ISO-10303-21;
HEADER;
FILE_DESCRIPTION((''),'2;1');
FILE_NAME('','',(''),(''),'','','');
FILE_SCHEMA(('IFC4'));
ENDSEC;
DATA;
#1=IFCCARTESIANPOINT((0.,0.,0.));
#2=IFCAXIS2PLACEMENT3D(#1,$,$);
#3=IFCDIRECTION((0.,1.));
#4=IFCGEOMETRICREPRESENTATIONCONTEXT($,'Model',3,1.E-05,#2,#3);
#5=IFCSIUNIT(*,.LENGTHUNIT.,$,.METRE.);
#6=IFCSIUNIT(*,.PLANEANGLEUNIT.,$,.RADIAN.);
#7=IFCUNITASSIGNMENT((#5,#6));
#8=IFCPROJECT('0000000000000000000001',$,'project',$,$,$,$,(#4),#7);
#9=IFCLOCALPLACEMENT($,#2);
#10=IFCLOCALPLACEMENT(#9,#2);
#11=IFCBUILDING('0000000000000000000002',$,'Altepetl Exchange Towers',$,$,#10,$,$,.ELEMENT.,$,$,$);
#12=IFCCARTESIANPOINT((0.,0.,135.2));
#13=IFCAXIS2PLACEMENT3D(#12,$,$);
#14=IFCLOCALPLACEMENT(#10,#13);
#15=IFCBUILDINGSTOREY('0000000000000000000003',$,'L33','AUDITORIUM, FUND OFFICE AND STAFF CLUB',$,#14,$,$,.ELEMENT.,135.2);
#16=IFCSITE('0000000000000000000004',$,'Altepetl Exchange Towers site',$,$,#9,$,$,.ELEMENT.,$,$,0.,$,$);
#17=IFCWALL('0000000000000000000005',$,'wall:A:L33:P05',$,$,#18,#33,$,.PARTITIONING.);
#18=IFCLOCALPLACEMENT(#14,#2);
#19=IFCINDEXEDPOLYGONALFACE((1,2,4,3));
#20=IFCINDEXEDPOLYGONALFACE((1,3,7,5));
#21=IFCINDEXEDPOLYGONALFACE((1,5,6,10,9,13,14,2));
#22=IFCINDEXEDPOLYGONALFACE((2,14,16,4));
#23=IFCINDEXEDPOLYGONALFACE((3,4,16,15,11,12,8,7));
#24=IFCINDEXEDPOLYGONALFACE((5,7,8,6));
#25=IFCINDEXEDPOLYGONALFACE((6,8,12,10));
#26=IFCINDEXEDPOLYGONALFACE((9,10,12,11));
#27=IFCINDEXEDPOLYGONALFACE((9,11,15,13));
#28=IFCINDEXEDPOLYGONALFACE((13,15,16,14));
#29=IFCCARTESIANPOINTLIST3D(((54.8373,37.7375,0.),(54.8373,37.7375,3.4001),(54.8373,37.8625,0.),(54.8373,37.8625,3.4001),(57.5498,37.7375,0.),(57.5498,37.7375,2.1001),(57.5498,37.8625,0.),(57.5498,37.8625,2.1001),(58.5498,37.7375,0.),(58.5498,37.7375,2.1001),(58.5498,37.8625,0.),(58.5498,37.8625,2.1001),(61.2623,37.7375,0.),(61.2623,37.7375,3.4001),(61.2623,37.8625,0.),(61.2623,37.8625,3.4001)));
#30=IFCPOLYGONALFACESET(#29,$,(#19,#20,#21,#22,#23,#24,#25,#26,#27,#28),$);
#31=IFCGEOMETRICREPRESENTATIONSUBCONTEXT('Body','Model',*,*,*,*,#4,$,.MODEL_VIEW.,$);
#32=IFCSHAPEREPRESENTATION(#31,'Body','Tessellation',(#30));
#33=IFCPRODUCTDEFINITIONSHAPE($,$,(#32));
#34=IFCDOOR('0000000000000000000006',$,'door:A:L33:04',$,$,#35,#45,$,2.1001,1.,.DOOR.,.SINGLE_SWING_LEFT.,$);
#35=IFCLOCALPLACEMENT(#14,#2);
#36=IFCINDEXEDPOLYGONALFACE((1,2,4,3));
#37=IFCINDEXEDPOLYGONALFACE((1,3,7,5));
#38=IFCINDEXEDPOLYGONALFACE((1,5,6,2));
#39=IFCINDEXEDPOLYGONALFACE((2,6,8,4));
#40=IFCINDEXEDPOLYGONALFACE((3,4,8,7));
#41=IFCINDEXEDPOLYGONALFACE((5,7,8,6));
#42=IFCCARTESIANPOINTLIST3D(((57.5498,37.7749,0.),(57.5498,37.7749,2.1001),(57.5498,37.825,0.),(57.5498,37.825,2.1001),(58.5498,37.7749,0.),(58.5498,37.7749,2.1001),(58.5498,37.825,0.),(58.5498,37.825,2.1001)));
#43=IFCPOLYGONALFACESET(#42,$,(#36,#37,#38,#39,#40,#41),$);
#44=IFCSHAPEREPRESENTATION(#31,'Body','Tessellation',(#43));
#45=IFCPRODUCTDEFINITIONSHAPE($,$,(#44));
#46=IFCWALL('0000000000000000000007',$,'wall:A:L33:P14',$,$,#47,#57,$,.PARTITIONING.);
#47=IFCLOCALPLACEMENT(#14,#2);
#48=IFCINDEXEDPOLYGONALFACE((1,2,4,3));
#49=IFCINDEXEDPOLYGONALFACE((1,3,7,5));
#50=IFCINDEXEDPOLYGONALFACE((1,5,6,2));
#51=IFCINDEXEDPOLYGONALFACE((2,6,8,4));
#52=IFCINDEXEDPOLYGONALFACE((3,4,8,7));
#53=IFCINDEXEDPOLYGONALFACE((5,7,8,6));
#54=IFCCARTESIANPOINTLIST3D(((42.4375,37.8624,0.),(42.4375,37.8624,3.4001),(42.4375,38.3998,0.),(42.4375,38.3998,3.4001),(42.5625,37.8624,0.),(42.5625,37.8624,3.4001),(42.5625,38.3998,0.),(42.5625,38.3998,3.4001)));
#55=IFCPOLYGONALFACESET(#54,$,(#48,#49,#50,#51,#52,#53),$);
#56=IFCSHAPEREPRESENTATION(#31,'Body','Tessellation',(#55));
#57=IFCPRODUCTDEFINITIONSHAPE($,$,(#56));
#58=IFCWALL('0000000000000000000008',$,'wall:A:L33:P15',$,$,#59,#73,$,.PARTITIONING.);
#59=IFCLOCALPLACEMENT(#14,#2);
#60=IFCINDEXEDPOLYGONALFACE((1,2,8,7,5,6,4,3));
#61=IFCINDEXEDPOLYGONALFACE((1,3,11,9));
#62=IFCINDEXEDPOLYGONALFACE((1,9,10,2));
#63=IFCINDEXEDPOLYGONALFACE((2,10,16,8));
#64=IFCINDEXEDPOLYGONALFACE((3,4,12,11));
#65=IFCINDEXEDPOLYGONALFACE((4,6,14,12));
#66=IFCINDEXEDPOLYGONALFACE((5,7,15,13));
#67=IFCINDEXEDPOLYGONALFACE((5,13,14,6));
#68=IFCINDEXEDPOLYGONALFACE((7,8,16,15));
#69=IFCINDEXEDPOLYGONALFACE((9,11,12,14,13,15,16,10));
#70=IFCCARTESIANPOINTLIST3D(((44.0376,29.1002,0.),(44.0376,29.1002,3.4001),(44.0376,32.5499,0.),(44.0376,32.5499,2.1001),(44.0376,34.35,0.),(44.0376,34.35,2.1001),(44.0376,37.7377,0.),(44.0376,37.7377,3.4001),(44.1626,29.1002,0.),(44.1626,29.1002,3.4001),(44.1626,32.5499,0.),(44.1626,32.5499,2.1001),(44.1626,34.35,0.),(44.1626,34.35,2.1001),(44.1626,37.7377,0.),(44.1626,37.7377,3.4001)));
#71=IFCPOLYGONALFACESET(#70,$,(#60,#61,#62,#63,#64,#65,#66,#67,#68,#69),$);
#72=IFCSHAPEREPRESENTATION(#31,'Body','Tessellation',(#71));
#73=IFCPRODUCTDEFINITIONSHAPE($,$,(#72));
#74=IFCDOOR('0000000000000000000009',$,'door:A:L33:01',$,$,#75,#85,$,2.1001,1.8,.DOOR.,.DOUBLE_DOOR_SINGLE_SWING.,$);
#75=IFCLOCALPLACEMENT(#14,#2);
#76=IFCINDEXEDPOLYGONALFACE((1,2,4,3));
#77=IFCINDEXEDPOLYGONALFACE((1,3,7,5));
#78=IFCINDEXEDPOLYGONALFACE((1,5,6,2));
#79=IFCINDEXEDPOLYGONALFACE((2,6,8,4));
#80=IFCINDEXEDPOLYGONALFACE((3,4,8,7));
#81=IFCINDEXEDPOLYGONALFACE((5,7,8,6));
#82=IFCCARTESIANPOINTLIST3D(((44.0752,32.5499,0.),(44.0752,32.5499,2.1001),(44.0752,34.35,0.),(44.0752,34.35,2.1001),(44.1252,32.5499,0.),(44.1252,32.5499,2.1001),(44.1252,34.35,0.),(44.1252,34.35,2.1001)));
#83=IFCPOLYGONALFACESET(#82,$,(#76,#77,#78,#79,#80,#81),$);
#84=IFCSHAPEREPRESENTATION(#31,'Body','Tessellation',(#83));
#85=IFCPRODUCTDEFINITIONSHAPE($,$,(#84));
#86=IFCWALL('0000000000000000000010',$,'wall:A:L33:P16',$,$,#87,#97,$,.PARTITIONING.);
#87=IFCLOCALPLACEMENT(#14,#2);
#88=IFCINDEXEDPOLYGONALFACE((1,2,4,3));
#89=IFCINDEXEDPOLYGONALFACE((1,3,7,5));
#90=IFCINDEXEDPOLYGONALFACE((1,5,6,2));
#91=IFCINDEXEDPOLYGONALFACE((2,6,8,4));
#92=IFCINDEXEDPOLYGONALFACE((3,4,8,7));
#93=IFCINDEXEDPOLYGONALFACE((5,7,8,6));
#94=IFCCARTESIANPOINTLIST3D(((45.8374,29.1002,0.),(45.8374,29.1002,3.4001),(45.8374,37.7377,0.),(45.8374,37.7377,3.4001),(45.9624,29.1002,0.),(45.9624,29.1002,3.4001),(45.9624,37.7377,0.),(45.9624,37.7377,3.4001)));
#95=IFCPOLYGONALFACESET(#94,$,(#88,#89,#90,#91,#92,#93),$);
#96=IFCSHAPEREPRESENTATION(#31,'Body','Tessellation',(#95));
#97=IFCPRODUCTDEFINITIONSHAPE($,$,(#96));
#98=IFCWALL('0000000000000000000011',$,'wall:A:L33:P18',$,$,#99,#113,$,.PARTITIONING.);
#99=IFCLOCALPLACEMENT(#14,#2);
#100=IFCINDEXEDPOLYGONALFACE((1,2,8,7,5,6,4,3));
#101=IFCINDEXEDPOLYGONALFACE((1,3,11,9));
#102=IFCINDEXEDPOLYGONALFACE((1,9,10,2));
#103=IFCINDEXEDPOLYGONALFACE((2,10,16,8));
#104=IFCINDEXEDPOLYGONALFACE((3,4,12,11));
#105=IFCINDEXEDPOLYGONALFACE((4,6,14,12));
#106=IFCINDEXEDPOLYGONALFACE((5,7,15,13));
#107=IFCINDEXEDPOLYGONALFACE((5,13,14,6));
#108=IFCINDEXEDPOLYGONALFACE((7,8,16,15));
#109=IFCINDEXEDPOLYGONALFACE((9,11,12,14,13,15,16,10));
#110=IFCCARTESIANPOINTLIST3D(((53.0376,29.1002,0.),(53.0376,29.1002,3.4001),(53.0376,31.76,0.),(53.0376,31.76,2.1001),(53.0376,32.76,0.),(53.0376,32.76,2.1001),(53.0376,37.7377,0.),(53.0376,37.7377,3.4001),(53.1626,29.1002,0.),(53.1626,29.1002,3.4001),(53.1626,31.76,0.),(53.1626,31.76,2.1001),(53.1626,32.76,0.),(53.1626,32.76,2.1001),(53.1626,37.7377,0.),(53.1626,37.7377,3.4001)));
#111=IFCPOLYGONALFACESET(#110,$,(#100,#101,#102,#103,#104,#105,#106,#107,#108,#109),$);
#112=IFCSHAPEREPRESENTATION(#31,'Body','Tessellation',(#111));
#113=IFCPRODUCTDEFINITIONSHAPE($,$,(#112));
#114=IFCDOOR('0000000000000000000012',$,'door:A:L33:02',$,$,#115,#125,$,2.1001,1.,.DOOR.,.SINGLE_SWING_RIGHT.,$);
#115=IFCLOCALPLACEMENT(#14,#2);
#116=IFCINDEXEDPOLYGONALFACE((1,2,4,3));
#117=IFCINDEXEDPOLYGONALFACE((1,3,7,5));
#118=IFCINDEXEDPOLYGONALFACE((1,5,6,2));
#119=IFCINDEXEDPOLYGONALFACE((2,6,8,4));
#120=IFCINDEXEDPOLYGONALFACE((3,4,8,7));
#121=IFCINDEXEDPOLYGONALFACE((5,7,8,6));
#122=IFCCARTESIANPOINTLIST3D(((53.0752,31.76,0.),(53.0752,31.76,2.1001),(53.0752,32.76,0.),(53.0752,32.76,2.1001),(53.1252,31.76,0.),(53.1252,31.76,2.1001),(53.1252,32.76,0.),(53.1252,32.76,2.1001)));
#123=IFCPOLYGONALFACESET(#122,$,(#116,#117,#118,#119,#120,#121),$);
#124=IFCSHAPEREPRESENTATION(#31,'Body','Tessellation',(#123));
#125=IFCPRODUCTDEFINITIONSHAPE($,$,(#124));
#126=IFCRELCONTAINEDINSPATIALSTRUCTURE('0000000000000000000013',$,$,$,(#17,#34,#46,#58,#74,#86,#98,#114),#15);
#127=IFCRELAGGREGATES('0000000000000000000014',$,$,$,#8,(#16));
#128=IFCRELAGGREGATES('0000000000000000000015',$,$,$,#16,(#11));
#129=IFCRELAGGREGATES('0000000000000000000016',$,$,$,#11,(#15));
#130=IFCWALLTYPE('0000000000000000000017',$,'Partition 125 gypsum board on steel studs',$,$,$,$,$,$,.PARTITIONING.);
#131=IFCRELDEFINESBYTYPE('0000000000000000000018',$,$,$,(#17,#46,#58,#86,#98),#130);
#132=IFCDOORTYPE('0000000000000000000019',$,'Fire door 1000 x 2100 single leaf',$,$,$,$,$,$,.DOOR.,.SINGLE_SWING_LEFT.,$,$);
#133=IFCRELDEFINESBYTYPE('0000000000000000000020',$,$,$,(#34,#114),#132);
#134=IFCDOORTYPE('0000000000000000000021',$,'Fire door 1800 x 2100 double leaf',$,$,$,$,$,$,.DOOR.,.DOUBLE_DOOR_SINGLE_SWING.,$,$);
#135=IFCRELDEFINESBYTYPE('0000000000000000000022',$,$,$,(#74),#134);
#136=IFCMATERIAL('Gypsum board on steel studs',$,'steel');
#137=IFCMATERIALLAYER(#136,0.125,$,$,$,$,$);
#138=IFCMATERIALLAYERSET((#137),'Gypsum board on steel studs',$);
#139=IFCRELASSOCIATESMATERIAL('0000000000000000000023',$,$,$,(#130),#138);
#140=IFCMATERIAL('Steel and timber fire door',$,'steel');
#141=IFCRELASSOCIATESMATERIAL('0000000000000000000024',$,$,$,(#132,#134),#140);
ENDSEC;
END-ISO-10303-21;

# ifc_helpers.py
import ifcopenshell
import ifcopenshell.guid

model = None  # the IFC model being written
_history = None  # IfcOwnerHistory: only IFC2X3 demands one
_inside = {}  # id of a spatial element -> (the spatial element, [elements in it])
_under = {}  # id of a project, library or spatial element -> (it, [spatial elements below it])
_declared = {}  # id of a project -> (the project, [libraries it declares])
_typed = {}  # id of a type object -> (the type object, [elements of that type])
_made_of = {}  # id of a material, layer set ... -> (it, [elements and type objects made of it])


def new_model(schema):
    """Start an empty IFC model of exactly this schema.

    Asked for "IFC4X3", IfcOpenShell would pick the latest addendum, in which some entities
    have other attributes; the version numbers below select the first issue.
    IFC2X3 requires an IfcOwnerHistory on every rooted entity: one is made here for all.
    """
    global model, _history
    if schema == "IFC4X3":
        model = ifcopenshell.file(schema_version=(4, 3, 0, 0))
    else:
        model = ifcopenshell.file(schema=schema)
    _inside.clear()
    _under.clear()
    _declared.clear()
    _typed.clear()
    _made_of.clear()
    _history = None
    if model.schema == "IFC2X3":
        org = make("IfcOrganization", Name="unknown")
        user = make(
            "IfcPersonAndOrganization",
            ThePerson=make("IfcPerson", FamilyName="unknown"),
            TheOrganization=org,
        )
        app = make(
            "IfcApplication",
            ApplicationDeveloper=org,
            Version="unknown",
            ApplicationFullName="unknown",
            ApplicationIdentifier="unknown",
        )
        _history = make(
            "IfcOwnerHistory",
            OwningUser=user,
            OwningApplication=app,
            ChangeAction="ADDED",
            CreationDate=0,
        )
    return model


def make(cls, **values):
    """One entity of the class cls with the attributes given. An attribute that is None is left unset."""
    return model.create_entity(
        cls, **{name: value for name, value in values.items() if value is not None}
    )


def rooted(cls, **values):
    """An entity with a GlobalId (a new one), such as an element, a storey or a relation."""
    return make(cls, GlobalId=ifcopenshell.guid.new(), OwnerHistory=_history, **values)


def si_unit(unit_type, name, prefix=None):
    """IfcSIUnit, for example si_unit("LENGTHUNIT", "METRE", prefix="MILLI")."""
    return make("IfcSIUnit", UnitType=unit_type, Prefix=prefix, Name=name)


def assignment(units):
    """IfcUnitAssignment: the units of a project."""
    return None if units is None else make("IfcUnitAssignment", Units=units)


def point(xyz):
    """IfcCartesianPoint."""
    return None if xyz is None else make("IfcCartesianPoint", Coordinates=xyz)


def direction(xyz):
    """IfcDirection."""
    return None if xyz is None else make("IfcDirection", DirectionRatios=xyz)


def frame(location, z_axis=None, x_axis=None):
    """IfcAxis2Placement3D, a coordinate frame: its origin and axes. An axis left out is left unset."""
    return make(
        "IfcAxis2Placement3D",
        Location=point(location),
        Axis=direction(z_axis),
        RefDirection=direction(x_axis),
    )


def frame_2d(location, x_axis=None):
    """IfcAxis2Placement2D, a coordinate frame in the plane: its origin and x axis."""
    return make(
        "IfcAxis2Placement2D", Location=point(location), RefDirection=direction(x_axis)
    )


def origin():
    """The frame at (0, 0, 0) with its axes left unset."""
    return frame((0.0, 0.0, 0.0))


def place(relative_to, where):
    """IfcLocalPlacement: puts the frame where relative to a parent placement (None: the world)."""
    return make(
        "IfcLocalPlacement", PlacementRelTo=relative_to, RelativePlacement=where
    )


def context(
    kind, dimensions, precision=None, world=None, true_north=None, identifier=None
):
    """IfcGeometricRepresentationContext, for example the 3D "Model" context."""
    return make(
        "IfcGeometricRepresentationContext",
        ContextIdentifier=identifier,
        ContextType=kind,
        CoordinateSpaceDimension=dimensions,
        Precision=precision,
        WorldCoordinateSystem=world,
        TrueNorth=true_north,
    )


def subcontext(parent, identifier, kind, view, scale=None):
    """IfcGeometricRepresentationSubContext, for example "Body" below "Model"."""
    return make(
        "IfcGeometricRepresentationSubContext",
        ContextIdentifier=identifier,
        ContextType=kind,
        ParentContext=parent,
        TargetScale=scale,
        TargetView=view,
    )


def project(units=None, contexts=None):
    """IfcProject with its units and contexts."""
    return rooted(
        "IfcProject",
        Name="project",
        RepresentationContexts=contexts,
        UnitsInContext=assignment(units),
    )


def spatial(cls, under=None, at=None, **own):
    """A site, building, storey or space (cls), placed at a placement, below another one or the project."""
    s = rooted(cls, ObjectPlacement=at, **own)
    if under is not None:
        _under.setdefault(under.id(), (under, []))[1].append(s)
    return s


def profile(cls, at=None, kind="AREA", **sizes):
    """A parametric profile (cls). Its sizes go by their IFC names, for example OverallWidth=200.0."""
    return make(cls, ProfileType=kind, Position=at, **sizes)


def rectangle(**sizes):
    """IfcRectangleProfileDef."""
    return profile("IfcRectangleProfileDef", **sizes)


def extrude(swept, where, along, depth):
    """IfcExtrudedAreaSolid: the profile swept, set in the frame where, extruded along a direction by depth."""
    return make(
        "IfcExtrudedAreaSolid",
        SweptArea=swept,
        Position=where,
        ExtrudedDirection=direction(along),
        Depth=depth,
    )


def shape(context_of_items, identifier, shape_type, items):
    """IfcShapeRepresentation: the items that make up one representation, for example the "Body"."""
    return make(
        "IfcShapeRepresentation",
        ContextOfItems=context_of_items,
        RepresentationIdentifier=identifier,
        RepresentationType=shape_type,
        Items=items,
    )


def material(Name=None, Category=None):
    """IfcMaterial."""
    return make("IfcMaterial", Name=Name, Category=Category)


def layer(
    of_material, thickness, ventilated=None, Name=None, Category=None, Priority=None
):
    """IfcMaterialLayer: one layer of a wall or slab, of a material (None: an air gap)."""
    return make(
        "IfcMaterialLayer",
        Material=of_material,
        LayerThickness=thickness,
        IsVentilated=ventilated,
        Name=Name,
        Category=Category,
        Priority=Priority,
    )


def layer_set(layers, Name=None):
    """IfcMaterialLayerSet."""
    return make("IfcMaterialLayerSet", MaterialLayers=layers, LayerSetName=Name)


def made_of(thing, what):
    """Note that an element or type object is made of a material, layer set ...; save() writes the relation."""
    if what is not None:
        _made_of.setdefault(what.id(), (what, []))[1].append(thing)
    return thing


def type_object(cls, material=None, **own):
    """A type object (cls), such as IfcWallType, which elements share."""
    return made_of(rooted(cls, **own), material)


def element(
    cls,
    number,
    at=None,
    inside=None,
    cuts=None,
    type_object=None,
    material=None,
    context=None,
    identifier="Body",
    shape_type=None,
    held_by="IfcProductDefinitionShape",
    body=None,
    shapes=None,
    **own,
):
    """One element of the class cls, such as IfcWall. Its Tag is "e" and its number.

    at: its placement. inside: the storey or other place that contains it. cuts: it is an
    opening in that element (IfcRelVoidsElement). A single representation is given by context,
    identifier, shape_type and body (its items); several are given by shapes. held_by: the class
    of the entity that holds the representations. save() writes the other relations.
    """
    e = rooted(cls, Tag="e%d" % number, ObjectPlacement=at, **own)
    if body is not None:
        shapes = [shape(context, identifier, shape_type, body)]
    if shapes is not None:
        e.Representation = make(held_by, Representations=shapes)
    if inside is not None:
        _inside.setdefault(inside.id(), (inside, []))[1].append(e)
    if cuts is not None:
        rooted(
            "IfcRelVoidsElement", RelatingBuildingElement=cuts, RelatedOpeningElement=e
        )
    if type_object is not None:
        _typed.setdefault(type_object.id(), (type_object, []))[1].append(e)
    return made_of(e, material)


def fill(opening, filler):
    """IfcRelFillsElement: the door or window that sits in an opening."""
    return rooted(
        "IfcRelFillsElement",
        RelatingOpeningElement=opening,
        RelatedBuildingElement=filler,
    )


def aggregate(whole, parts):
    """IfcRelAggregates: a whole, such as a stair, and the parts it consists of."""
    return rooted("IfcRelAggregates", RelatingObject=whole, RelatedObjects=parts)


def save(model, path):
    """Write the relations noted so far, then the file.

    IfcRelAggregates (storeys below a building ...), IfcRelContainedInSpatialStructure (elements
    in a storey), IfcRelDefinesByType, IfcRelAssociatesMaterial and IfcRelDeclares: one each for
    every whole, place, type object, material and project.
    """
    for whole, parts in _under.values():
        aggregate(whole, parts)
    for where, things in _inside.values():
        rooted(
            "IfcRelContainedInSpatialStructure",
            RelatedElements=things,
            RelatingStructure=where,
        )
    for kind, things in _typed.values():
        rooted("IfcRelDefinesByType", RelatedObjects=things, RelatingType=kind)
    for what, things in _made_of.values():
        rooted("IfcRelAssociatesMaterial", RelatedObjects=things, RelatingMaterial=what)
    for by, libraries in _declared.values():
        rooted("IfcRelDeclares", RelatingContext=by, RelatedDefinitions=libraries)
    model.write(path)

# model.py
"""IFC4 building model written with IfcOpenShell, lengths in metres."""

from ifc_helpers import new_model, si_unit, direction, frame, frame_2d, origin, place, context, subcontext, project, spatial, rectangle, extrude, material, layer, layer_set, type_object, element, fill, save


model = new_model("IFC4")

# Units and contexts
model_context = context("Model", 3, precision=1e-05, world=origin(), true_north=direction((0.0, 1.0)))
body_context = subcontext(model_context, "Body", "Model", "MODEL_VIEW")
ifc_project = project(units=[si_unit("LENGTHUNIT", "METRE"), si_unit("PLANEANGLEUNIT", "RADIAN")], contexts=[model_context])

# Site, building, storey
site_placement = place(None, origin())
site = spatial("IfcSite", under=ifc_project, at=site_placement, Name="Altepetl Exchange Towers site", CompositionType="ELEMENT", RefElevation=0.0)
building_placement = place(site_placement, origin())
building = spatial("IfcBuilding", under=site, at=building_placement, Name="Altepetl Exchange Towers", CompositionType="ELEMENT")
storey_placement = place(building_placement, frame((0.0, 0.0, 135.2)))
storey = spatial("IfcBuildingStorey", under=building, at=storey_placement, Name="L33", Description="AUDITORIUM, FUND OFFICE AND STAFF CLUB", CompositionType="ELEMENT", Elevation=135.2)

# Shared definitions
ifc_material_1 = material(Name="Gypsum board on steel studs", Category="steel")
ifc_layer_1 = layer(ifc_material_1, 0.125)
ifc_layer_set_1 = layer_set([ifc_layer_1], Name="Gypsum board on steel studs")
wall_type_1 = type_object("IfcWallType", Name="Partition 125 gypsum board on steel studs", PredefinedType="PARTITIONING", material=ifc_layer_set_1)

# Wall, opening, door
wall_1_placement = place(storey_placement, frame((54.8374, 37.8, 0.0)))
wall_1 = element("IfcWall", 1, at=wall_1_placement, inside=storey, type_object=wall_type_1, Name="wall:A:L33:P05", PredefinedType="PARTITIONING", context=body_context, shape_type="SweptSolid", body=[
    extrude(rectangle(XDim=6.425, YDim=0.125, at=frame_2d((3.2124, 0.0))), origin(), (0.0, 0.0, 1.0), 3.4001),
])
opening_1_placement = place(wall_1_placement, frame((2.7124, 0.0, 0.0)))
opening_1 = element("IfcOpeningElement", 2, at=opening_1_placement, cuts=wall_1, PredefinedType="OPENING", context=body_context, shape_type="SweptSolid", body=[
    extrude(rectangle(XDim=1.0, YDim=2.1001, at=frame_2d((0.5, 1.05))), frame((0.0, 0.0725, 0.0), z_axis=(0.0, -1.0, 0.0), x_axis=(1.0, 0.0, 0.0)), (0.0, 0.0, 1.0), 0.145),
])
ifc_material_2 = material(Name="Steel and timber fire door", Category="steel")
door_type_1 = type_object("IfcDoorType", Name="Fire door 1000 x 2100 single leaf", OperationType="SINGLE_SWING_LEFT", PredefinedType="DOOR", material=ifc_material_2)
door_1_placement = place(opening_1_placement, origin())
door_1 = element("IfcDoor", 3, at=door_1_placement, inside=storey, type_object=door_type_1, Name="door:A:L33:04", OperationType="SINGLE_SWING_LEFT", OverallHeight=2.1001, OverallWidth=1.0, PredefinedType="DOOR", context=body_context, shape_type="SweptSolid", body=[
    extrude(rectangle(XDim=1.0, YDim=2.1001, at=frame_2d((0.5, 1.05))), frame((0.0, 0.0249, 0.0), z_axis=(0.0, -1.0, 0.0), x_axis=(1.0, 0.0, 0.0)), (0.0, 0.0, 1.0), 0.05),
])
fill(opening_1, door_1)

# Wall
wall_2_placement = place(storey_placement, frame((42.5, 37.8625, 0.0), z_axis=(0.0, 0.0, 1.0), x_axis=(0.0, 1.0, 0.0)))
element("IfcWall", 4, at=wall_2_placement, inside=storey, type_object=wall_type_1, Name="wall:A:L33:P14", PredefinedType="PARTITIONING", context=body_context, shape_type="SweptSolid", body=[
    extrude(rectangle(XDim=0.5374, YDim=0.125, at=frame_2d((0.2686, 0.0))), origin(), (0.0, 0.0, 1.0), 3.4001),
])

# Wall, opening, door
wall_3_placement = place(storey_placement, frame((44.1001, 29.1001, 0.0), z_axis=(0.0, 0.0, 1.0), x_axis=(0.0, 1.0, 0.0)))
wall_3 = element("IfcWall", 5, at=wall_3_placement, inside=storey, type_object=wall_type_1, Name="wall:A:L33:P15", PredefinedType="PARTITIONING", context=body_context, shape_type="SweptSolid", body=[
    extrude(rectangle(XDim=8.6375, YDim=0.125, at=frame_2d((4.3188, 0.0))), origin(), (0.0, 0.0, 1.0), 3.4001),
])
opening_2_placement = place(wall_3_placement, frame((3.45, 0.0, 0.0)))
opening_2 = element("IfcOpeningElement", 6, at=opening_2_placement, cuts=wall_3, PredefinedType="OPENING", context=body_context, shape_type="SweptSolid", body=[
    extrude(rectangle(XDim=1.8, YDim=2.1001, at=frame_2d((0.8999, 1.05))), frame((0.0, 0.0725, 0.0), z_axis=(0.0, -1.0, 0.0), x_axis=(1.0, 0.0, 0.0)), (0.0, 0.0, 1.0), 0.145),
])
door_type_2 = type_object("IfcDoorType", Name="Fire door 1800 x 2100 double leaf", OperationType="DOUBLE_DOOR_SINGLE_SWING", PredefinedType="DOOR", material=ifc_material_2)
door_2_placement = place(opening_2_placement, origin())
door_2 = element("IfcDoor", 7, at=door_2_placement, inside=storey, type_object=door_type_2, Name="door:A:L33:01", OperationType="DOUBLE_DOOR_SINGLE_SWING", OverallHeight=2.1001, OverallWidth=1.8, PredefinedType="DOOR", context=body_context, shape_type="SweptSolid", body=[
    extrude(rectangle(XDim=1.8, YDim=2.1001, at=frame_2d((0.8999, 1.05))), frame((0.0, 0.0249, 0.0), z_axis=(0.0, -1.0, 0.0), x_axis=(1.0, 0.0, 0.0)), (0.0, 0.0, 1.0), 0.05),
])
fill(opening_2, door_2)

# Wall
wall_4_placement = place(storey_placement, frame((45.8999, 29.1001, 0.0), z_axis=(0.0, 0.0, 1.0), x_axis=(0.0, 1.0, 0.0)))
element("IfcWall", 8, at=wall_4_placement, inside=storey, type_object=wall_type_1, Name="wall:A:L33:P16", PredefinedType="PARTITIONING", context=body_context, shape_type="SweptSolid", body=[
    extrude(rectangle(XDim=8.6375, YDim=0.125, at=frame_2d((4.3188, 0.0))), origin(), (0.0, 0.0, 1.0), 3.4001),
])

# Wall, opening, door
wall_5_placement = place(storey_placement, frame((53.1001, 29.1001, 0.0), z_axis=(0.0, 0.0, 1.0), x_axis=(0.0, 1.0, 0.0)))
wall_5 = element("IfcWall", 9, at=wall_5_placement, inside=storey, type_object=wall_type_1, Name="wall:A:L33:P18", PredefinedType="PARTITIONING", context=body_context, shape_type="SweptSolid", body=[
    extrude(rectangle(XDim=8.6375, YDim=0.125, at=frame_2d((4.3188, 0.0))), origin(), (0.0, 0.0, 1.0), 3.4001),
])
opening_3_placement = place(wall_5_placement, frame((2.6599, 0.0, 0.0)))
opening_3 = element("IfcOpeningElement", 10, at=opening_3_placement, cuts=wall_5, PredefinedType="OPENING", context=body_context, shape_type="SweptSolid", body=[
    extrude(rectangle(XDim=1.0, YDim=2.1001, at=frame_2d((0.5, 1.05))), frame((0.0, 0.0725, 0.0), z_axis=(0.0, -1.0, 0.0), x_axis=(1.0, 0.0, 0.0)), (0.0, 0.0, 1.0), 0.145),
])
door_3_placement = place(opening_3_placement, origin())
door_3 = element("IfcDoor", 11, at=door_3_placement, inside=storey, type_object=door_type_1, Name="door:A:L33:02", OperationType="SINGLE_SWING_RIGHT", OverallHeight=2.1001, OverallWidth=1.0, PredefinedType="DOOR", context=body_context, shape_type="SweptSolid", body=[
    extrude(rectangle(XDim=1.0, YDim=2.1001, at=frame_2d((0.5, 1.05))), frame((0.0, 0.0249, 0.0), z_axis=(0.0, -1.0, 0.0), x_axis=(1.0, 0.0, 0.0)), (0.0, 0.0, 1.0), 0.05),
])
fill(opening_3, door_3)

save(model, "model.ifc")
